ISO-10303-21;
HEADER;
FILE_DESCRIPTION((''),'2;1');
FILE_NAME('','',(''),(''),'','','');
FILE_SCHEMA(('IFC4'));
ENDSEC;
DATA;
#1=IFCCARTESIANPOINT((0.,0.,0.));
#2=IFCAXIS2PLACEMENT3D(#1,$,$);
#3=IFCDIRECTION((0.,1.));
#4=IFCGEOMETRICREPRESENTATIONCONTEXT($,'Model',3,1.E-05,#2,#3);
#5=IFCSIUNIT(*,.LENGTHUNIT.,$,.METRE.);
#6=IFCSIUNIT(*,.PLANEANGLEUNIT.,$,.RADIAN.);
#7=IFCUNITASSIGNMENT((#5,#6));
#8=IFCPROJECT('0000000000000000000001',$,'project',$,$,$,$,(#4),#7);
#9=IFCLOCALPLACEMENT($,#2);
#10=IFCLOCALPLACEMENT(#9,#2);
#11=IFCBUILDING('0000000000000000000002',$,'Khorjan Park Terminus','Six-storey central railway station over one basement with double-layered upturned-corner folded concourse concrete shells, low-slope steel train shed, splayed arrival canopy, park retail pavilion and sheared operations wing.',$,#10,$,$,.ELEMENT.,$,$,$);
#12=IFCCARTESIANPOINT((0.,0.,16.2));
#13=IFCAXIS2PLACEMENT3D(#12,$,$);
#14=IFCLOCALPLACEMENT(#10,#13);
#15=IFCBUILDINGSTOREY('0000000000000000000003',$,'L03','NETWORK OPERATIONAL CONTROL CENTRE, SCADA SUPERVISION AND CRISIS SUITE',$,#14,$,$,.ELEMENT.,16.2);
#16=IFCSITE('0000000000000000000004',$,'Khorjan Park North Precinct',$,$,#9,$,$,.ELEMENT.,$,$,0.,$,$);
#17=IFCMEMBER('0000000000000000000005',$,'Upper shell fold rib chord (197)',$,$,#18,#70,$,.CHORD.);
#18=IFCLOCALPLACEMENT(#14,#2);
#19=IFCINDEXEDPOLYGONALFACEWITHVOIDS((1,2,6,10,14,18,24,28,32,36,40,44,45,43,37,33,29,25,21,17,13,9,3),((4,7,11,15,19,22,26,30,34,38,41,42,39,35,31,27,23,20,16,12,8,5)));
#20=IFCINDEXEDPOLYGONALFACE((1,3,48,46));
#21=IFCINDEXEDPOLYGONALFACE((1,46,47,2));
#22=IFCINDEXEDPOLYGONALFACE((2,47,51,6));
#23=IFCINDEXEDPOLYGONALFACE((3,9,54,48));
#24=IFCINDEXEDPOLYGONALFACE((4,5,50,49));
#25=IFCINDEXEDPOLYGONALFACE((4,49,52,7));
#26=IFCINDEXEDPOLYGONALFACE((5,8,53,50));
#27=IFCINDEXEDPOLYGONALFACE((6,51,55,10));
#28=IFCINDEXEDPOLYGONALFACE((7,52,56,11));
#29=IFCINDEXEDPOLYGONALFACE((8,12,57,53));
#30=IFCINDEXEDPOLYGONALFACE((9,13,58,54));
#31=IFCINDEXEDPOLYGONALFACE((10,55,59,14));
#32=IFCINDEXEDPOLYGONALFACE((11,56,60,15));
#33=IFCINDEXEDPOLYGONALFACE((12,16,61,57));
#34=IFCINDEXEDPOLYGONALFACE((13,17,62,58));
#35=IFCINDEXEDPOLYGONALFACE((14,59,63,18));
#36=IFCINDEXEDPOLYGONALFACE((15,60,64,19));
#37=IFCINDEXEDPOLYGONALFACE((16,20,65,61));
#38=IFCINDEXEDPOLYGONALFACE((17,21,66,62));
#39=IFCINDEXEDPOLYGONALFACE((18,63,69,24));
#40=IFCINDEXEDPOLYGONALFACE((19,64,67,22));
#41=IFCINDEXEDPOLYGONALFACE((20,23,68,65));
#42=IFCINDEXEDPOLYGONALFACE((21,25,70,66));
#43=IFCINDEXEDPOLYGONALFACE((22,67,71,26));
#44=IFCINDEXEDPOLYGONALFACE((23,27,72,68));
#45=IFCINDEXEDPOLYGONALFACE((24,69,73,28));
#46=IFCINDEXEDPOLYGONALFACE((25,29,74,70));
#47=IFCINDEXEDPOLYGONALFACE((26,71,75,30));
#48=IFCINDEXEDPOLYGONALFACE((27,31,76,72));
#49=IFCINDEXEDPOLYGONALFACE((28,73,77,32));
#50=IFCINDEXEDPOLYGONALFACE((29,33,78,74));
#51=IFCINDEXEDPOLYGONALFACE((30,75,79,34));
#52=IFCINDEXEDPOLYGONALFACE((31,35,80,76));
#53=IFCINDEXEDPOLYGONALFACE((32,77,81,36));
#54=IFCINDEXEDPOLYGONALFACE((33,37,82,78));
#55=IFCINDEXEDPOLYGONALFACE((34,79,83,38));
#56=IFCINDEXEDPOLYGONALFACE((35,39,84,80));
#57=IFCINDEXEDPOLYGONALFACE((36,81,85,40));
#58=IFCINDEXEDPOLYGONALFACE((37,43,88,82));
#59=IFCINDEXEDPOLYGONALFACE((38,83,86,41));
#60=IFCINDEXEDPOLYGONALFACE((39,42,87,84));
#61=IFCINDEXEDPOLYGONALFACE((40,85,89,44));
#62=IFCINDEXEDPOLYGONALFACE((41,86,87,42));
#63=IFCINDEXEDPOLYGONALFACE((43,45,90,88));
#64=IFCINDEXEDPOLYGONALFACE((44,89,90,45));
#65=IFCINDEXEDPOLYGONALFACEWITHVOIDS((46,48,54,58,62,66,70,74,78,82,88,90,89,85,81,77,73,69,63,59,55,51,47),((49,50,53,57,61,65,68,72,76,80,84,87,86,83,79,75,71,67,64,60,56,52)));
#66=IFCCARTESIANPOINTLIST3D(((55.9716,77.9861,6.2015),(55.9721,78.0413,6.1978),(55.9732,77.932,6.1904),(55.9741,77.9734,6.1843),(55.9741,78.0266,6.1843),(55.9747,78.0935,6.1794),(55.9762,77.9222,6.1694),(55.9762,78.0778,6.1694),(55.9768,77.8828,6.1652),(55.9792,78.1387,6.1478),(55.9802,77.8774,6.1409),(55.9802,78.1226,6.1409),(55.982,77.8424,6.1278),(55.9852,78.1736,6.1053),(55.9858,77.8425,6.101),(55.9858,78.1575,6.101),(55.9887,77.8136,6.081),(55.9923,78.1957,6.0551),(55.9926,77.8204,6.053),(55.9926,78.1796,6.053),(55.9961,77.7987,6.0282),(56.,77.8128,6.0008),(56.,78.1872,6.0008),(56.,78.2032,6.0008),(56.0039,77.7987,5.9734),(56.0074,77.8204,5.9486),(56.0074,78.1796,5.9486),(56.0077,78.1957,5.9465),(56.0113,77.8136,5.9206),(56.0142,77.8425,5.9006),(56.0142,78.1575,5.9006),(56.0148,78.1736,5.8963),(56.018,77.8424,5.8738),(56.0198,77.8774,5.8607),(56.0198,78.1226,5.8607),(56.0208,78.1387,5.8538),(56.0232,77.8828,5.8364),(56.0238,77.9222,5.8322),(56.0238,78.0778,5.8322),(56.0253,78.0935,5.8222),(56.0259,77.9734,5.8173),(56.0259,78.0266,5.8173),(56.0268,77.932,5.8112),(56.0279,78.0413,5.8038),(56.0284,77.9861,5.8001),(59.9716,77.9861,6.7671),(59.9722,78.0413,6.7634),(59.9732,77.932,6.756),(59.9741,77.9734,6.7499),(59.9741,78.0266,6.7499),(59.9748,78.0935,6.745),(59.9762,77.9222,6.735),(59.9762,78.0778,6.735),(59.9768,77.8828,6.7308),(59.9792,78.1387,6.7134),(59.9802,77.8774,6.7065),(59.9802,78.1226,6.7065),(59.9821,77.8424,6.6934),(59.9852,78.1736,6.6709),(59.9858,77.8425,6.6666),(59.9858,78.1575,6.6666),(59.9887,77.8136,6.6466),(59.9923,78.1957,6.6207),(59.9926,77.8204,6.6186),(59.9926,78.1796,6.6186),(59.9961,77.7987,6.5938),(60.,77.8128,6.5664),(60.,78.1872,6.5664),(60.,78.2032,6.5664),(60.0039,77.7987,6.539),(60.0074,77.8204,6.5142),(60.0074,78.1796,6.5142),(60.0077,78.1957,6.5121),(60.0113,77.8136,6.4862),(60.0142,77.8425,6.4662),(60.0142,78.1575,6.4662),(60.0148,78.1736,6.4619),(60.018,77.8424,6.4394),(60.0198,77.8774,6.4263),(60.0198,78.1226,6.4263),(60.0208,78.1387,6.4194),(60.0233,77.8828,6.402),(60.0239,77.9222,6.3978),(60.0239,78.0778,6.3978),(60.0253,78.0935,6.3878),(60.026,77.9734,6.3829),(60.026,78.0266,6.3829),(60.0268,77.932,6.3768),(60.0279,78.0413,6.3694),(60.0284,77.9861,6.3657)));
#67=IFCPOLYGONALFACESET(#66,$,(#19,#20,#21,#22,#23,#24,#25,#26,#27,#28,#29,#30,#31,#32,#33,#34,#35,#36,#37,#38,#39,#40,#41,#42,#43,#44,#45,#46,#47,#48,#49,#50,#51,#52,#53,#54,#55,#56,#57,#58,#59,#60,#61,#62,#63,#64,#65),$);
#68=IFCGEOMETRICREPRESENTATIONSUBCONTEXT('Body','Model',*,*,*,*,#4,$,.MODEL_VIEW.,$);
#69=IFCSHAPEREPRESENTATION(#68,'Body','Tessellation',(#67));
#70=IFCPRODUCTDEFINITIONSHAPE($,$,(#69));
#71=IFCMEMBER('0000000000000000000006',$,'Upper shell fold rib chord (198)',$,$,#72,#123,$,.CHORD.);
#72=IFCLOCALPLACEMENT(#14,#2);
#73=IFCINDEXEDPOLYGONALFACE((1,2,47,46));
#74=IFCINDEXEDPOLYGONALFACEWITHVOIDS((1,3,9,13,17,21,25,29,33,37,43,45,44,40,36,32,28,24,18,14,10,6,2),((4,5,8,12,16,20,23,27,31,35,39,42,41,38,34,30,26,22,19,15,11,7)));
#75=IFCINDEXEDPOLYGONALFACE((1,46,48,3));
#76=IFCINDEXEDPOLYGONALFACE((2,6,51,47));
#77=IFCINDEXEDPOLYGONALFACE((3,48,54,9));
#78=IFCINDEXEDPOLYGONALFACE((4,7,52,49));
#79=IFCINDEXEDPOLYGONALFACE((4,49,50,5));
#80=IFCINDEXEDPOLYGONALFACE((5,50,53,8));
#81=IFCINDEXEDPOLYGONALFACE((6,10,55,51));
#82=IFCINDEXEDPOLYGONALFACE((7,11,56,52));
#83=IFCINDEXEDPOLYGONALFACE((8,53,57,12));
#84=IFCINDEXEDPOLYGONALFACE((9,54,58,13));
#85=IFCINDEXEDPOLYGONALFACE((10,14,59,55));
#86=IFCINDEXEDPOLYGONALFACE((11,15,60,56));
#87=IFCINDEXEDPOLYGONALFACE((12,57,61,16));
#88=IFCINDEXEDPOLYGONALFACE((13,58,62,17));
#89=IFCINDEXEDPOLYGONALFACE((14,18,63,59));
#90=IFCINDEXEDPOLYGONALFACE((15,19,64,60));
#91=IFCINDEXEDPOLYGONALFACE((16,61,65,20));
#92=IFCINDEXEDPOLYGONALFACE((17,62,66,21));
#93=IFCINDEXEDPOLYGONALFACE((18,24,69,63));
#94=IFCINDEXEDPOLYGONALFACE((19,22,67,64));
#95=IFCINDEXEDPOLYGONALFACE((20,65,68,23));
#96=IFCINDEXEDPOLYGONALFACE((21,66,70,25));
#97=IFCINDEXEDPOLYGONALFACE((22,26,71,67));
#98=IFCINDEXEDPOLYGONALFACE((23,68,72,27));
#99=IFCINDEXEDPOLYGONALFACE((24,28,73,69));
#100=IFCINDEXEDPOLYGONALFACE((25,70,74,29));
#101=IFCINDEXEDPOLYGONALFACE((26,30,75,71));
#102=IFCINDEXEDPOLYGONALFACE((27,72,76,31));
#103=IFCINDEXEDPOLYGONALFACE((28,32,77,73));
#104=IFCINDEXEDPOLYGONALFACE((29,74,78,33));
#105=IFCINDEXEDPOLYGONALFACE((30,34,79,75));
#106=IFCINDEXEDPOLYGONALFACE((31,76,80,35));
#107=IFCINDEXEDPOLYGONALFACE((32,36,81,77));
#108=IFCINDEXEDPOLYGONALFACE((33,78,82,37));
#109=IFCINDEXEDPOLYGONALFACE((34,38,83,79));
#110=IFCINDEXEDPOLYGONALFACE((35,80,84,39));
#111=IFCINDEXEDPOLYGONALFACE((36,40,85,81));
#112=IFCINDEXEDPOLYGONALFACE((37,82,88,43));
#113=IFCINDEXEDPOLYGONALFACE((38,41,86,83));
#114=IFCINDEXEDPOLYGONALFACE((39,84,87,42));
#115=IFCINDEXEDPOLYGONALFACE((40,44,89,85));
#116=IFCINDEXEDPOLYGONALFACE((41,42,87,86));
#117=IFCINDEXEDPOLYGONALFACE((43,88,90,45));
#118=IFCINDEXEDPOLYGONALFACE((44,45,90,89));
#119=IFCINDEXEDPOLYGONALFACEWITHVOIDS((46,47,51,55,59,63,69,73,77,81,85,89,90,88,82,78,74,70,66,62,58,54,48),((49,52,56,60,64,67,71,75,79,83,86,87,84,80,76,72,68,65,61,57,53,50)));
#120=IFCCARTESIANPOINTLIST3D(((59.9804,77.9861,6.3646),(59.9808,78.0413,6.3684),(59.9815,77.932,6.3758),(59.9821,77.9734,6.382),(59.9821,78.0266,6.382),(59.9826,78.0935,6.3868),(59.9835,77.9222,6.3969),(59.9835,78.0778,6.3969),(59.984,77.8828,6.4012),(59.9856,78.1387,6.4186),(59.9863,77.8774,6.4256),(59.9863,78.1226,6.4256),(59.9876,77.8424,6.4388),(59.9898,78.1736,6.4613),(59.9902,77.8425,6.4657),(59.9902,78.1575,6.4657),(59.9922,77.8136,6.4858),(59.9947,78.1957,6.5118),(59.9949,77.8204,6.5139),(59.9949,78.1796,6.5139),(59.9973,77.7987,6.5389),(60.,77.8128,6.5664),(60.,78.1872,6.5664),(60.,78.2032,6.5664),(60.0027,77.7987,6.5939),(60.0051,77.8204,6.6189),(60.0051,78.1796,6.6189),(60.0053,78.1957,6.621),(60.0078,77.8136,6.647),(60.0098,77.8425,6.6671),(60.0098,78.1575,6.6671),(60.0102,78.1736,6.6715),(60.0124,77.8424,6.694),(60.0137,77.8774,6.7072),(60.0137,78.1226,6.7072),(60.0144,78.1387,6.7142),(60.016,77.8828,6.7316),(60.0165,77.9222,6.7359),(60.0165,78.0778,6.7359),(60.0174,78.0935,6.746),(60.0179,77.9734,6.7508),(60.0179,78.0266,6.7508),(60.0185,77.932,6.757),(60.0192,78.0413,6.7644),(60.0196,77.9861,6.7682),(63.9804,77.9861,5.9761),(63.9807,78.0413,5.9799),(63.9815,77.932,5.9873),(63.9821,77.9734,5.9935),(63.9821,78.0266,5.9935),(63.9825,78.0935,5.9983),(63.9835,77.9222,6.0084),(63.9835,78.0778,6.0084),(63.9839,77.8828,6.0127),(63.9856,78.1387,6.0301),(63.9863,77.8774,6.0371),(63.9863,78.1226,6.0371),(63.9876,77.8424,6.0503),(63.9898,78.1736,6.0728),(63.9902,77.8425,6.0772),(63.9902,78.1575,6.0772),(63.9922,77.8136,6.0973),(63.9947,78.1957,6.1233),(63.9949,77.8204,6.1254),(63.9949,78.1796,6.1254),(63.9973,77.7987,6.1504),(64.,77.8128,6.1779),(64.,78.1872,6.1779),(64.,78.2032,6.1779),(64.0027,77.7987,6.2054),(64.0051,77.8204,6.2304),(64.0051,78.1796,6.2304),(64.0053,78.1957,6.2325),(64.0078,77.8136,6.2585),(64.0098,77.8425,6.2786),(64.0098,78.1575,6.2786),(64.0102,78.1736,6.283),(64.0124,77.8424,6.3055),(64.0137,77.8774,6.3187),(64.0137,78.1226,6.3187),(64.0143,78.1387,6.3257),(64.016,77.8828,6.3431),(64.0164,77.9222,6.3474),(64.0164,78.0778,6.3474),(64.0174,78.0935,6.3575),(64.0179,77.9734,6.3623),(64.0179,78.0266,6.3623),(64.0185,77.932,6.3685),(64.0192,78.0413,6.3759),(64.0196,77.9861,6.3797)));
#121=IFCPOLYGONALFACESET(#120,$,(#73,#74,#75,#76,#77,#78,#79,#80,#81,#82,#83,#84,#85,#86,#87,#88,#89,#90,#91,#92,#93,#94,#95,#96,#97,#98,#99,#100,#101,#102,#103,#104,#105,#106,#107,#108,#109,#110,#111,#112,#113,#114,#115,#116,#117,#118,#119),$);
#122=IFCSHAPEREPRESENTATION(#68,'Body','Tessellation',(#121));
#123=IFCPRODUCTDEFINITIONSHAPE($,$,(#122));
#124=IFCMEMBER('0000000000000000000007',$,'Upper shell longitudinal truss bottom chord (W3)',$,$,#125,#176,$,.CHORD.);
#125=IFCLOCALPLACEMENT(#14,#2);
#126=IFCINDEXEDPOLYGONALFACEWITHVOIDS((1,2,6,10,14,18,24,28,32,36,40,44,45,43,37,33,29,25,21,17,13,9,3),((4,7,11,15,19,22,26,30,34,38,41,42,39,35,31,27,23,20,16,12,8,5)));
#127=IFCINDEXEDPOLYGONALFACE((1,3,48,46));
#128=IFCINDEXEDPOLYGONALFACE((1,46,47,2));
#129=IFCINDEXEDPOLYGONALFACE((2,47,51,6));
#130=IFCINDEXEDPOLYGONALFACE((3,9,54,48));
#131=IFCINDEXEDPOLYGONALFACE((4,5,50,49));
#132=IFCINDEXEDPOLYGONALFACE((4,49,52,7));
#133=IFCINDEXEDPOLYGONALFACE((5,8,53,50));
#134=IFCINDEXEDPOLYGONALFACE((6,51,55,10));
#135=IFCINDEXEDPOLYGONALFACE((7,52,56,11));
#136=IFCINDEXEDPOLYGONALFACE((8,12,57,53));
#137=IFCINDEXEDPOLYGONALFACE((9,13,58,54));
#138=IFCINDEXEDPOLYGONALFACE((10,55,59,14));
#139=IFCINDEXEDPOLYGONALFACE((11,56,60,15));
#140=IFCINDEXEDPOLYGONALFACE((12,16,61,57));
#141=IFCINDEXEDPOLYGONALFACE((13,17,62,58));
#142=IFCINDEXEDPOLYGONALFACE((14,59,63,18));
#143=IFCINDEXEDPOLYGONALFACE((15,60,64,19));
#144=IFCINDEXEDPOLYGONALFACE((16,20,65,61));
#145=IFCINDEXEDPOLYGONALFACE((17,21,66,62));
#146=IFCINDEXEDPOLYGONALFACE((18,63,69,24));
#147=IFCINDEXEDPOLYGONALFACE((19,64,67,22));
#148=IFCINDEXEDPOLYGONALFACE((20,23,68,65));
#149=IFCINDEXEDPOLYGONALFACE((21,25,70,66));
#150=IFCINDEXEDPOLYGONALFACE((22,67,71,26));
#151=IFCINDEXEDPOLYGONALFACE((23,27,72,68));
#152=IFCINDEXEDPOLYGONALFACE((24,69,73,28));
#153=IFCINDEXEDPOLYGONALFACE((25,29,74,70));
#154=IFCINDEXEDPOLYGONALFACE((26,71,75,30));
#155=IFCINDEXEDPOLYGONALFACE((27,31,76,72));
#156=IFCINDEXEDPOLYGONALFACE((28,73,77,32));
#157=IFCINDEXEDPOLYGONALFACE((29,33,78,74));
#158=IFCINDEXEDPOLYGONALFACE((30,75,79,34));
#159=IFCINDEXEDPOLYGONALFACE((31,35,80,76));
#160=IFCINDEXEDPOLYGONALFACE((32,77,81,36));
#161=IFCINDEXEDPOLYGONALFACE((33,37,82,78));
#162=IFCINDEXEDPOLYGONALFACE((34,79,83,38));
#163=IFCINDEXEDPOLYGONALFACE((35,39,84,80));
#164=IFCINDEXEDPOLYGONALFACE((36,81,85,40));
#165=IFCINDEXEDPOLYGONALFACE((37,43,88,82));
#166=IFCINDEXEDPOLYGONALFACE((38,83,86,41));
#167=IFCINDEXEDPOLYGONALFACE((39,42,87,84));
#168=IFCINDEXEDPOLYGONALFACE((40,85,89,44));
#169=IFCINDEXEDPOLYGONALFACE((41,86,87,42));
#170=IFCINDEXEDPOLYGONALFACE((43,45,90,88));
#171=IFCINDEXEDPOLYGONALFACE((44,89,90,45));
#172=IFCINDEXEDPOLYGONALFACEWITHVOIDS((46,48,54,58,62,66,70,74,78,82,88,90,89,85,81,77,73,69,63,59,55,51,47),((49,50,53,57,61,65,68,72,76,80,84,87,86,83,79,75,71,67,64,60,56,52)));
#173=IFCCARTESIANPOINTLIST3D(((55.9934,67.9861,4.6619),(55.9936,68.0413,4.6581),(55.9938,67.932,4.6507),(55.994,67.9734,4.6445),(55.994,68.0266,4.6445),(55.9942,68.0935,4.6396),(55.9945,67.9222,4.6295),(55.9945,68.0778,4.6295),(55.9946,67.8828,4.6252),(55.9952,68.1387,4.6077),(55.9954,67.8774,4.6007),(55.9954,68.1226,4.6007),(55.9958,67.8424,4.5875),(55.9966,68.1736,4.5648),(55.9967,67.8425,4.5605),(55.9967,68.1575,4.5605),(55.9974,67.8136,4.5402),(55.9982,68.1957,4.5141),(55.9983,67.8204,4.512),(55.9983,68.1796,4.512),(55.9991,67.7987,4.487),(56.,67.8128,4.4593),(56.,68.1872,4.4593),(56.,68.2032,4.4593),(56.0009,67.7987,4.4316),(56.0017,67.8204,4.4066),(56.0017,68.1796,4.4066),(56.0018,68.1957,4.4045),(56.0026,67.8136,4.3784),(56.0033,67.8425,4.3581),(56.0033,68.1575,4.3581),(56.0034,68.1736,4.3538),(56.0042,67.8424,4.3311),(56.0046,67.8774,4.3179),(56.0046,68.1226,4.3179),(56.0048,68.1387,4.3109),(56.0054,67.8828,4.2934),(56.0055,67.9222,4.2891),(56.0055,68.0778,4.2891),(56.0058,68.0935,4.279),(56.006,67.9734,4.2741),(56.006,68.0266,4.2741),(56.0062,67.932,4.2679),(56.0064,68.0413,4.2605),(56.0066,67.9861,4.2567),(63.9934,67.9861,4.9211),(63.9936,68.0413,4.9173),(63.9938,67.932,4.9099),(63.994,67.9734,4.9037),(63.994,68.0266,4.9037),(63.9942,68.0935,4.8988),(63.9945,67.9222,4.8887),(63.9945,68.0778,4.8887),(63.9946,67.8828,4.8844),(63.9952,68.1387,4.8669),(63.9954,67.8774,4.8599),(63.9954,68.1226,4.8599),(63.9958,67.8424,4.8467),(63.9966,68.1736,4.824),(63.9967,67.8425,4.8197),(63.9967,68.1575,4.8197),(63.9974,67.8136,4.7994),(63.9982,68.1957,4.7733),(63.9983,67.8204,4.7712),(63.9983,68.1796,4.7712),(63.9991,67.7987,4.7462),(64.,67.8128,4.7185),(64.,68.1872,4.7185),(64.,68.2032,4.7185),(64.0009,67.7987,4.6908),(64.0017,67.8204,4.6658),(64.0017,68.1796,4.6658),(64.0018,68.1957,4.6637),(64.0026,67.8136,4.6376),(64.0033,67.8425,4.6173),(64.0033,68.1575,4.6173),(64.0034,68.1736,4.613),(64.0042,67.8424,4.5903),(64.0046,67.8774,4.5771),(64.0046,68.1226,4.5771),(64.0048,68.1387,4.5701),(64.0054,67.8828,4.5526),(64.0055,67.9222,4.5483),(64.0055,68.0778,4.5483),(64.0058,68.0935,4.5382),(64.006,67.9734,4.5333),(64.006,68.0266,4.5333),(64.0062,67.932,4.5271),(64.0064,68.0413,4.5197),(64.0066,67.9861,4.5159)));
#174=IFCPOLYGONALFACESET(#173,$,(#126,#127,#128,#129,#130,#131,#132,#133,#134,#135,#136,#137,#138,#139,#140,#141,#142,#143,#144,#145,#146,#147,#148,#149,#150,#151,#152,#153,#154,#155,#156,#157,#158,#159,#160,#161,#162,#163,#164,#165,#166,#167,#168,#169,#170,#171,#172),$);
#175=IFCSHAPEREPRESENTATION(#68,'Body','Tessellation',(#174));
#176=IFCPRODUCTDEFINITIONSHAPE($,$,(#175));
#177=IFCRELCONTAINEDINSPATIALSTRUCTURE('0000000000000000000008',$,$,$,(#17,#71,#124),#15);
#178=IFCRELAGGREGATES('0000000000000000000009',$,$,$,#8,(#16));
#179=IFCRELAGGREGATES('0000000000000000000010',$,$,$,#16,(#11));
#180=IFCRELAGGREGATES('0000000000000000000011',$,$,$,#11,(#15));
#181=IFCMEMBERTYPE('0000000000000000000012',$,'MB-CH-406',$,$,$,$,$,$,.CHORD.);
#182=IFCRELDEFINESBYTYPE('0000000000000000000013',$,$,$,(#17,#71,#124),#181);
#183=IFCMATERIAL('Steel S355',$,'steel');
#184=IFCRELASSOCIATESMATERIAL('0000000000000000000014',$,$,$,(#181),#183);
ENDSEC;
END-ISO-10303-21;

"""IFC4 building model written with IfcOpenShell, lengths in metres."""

from ifc_helpers import new_model, si_unit, direction, frame, origin, origin_2d, place, context, subcontext, project, spatial, hollow_circle, extrude, material, material_profile, profile_set, type_object, element, save


model = new_model("IFC4")

# Units and contexts
model_context = context("Model", 3, precision=1e-05, world=origin(), true_north=direction((0.0, 1.0)))
body_context = subcontext(model_context, "Body", "Model", "MODEL_VIEW")
ifc_project = project(units=[si_unit("LENGTHUNIT", "METRE"), si_unit("PLANEANGLEUNIT", "RADIAN")], contexts=[model_context])

# Site, building, storey
site_placement = place(None, origin())
site = spatial("IfcSite", under=ifc_project, at=site_placement, Name="Khorjan Park North Precinct", CompositionType="ELEMENT", RefElevation=0.0)
building_placement = place(site_placement, origin())
building = spatial("IfcBuilding", under=site, at=building_placement, Name="Khorjan Park Terminus", Description="Six-storey central railway station over one basement with double-layered upturned-corner folded concourse concrete shells, low-slope steel train shed, splayed arrival canopy, park retail pavilion and sheared operations wing.", CompositionType="ELEMENT")
storey_placement = place(building_placement, frame((0.0, 0.0, 16.2)))
storey = spatial("IfcBuildingStorey", under=building, at=storey_placement, Name="L03", Description="NETWORK OPERATIONAL CONTROL CENTRE, SCADA SUPERVISION AND CRISIS SUITE", CompositionType="ELEMENT", Elevation=16.2)

# Members
ifc_material = material(Name="Steel S355", Category="steel")
ifc_material_profile_1 = material_profile(ifc_material, hollow_circle(Radius=0.2032, WallThickness=0.016, at=origin_2d()), Name="CHS 406.4x16")
ifc_profile_set_1 = profile_set([ifc_material_profile_1], Name="Steel S355")
member_type_1 = type_object("IfcMemberType", Name="MB-CH-406", PredefinedType="CHORD", material=ifc_profile_set_1)
member_1_placement = place(storey_placement, frame((56.0, 78.0, 6.0008), z_axis=(0.99015, 0.0, 0.140007), x_axis=(0.0, 1.0, 0.0)))
element("IfcMember", 1, at=member_1_placement, inside=storey, type_object=member_type_1, Name="Upper shell fold rib chord (197)", PredefinedType="CHORD", context=body_context, shape_type="SweptSolid", body=[
    extrude(hollow_circle(Radius=0.2032, WallThickness=0.016, at=origin_2d()), origin(), (0.0, 0.0, 1.0), 4.0398),
])
member_2_placement = place(storey_placement, frame((60.0, 78.0, 6.5664), z_axis=(0.995316, 0.0, -0.09667), x_axis=(0.0, 1.0, 0.0)))
element("IfcMember", 2, at=member_2_placement, inside=storey, type_object=member_type_1, Name="Upper shell fold rib chord (198)", PredefinedType="CHORD", context=body_context, shape_type="SweptSolid", body=[
    extrude(hollow_circle(Radius=0.2032, WallThickness=0.016, at=origin_2d()), origin(), (0.0, 0.0, 1.0), 4.0188),
])
member_3_placement = place(storey_placement, frame((56.0, 68.0, 4.4593), z_axis=(0.999476, 0.0, 0.032383), x_axis=(0.0, 1.0, 0.0)))
element("IfcMember", 3, at=member_3_placement, inside=storey, type_object=member_type_1, Name="Upper shell longitudinal truss bottom chord (W3)", PredefinedType="CHORD", context=body_context, shape_type="SweptSolid", body=[
    extrude(hollow_circle(Radius=0.2032, WallThickness=0.016, at=origin_2d()), origin(), (0.0, 0.0, 1.0), 8.0042),
])

save(model, "model.ifc")
